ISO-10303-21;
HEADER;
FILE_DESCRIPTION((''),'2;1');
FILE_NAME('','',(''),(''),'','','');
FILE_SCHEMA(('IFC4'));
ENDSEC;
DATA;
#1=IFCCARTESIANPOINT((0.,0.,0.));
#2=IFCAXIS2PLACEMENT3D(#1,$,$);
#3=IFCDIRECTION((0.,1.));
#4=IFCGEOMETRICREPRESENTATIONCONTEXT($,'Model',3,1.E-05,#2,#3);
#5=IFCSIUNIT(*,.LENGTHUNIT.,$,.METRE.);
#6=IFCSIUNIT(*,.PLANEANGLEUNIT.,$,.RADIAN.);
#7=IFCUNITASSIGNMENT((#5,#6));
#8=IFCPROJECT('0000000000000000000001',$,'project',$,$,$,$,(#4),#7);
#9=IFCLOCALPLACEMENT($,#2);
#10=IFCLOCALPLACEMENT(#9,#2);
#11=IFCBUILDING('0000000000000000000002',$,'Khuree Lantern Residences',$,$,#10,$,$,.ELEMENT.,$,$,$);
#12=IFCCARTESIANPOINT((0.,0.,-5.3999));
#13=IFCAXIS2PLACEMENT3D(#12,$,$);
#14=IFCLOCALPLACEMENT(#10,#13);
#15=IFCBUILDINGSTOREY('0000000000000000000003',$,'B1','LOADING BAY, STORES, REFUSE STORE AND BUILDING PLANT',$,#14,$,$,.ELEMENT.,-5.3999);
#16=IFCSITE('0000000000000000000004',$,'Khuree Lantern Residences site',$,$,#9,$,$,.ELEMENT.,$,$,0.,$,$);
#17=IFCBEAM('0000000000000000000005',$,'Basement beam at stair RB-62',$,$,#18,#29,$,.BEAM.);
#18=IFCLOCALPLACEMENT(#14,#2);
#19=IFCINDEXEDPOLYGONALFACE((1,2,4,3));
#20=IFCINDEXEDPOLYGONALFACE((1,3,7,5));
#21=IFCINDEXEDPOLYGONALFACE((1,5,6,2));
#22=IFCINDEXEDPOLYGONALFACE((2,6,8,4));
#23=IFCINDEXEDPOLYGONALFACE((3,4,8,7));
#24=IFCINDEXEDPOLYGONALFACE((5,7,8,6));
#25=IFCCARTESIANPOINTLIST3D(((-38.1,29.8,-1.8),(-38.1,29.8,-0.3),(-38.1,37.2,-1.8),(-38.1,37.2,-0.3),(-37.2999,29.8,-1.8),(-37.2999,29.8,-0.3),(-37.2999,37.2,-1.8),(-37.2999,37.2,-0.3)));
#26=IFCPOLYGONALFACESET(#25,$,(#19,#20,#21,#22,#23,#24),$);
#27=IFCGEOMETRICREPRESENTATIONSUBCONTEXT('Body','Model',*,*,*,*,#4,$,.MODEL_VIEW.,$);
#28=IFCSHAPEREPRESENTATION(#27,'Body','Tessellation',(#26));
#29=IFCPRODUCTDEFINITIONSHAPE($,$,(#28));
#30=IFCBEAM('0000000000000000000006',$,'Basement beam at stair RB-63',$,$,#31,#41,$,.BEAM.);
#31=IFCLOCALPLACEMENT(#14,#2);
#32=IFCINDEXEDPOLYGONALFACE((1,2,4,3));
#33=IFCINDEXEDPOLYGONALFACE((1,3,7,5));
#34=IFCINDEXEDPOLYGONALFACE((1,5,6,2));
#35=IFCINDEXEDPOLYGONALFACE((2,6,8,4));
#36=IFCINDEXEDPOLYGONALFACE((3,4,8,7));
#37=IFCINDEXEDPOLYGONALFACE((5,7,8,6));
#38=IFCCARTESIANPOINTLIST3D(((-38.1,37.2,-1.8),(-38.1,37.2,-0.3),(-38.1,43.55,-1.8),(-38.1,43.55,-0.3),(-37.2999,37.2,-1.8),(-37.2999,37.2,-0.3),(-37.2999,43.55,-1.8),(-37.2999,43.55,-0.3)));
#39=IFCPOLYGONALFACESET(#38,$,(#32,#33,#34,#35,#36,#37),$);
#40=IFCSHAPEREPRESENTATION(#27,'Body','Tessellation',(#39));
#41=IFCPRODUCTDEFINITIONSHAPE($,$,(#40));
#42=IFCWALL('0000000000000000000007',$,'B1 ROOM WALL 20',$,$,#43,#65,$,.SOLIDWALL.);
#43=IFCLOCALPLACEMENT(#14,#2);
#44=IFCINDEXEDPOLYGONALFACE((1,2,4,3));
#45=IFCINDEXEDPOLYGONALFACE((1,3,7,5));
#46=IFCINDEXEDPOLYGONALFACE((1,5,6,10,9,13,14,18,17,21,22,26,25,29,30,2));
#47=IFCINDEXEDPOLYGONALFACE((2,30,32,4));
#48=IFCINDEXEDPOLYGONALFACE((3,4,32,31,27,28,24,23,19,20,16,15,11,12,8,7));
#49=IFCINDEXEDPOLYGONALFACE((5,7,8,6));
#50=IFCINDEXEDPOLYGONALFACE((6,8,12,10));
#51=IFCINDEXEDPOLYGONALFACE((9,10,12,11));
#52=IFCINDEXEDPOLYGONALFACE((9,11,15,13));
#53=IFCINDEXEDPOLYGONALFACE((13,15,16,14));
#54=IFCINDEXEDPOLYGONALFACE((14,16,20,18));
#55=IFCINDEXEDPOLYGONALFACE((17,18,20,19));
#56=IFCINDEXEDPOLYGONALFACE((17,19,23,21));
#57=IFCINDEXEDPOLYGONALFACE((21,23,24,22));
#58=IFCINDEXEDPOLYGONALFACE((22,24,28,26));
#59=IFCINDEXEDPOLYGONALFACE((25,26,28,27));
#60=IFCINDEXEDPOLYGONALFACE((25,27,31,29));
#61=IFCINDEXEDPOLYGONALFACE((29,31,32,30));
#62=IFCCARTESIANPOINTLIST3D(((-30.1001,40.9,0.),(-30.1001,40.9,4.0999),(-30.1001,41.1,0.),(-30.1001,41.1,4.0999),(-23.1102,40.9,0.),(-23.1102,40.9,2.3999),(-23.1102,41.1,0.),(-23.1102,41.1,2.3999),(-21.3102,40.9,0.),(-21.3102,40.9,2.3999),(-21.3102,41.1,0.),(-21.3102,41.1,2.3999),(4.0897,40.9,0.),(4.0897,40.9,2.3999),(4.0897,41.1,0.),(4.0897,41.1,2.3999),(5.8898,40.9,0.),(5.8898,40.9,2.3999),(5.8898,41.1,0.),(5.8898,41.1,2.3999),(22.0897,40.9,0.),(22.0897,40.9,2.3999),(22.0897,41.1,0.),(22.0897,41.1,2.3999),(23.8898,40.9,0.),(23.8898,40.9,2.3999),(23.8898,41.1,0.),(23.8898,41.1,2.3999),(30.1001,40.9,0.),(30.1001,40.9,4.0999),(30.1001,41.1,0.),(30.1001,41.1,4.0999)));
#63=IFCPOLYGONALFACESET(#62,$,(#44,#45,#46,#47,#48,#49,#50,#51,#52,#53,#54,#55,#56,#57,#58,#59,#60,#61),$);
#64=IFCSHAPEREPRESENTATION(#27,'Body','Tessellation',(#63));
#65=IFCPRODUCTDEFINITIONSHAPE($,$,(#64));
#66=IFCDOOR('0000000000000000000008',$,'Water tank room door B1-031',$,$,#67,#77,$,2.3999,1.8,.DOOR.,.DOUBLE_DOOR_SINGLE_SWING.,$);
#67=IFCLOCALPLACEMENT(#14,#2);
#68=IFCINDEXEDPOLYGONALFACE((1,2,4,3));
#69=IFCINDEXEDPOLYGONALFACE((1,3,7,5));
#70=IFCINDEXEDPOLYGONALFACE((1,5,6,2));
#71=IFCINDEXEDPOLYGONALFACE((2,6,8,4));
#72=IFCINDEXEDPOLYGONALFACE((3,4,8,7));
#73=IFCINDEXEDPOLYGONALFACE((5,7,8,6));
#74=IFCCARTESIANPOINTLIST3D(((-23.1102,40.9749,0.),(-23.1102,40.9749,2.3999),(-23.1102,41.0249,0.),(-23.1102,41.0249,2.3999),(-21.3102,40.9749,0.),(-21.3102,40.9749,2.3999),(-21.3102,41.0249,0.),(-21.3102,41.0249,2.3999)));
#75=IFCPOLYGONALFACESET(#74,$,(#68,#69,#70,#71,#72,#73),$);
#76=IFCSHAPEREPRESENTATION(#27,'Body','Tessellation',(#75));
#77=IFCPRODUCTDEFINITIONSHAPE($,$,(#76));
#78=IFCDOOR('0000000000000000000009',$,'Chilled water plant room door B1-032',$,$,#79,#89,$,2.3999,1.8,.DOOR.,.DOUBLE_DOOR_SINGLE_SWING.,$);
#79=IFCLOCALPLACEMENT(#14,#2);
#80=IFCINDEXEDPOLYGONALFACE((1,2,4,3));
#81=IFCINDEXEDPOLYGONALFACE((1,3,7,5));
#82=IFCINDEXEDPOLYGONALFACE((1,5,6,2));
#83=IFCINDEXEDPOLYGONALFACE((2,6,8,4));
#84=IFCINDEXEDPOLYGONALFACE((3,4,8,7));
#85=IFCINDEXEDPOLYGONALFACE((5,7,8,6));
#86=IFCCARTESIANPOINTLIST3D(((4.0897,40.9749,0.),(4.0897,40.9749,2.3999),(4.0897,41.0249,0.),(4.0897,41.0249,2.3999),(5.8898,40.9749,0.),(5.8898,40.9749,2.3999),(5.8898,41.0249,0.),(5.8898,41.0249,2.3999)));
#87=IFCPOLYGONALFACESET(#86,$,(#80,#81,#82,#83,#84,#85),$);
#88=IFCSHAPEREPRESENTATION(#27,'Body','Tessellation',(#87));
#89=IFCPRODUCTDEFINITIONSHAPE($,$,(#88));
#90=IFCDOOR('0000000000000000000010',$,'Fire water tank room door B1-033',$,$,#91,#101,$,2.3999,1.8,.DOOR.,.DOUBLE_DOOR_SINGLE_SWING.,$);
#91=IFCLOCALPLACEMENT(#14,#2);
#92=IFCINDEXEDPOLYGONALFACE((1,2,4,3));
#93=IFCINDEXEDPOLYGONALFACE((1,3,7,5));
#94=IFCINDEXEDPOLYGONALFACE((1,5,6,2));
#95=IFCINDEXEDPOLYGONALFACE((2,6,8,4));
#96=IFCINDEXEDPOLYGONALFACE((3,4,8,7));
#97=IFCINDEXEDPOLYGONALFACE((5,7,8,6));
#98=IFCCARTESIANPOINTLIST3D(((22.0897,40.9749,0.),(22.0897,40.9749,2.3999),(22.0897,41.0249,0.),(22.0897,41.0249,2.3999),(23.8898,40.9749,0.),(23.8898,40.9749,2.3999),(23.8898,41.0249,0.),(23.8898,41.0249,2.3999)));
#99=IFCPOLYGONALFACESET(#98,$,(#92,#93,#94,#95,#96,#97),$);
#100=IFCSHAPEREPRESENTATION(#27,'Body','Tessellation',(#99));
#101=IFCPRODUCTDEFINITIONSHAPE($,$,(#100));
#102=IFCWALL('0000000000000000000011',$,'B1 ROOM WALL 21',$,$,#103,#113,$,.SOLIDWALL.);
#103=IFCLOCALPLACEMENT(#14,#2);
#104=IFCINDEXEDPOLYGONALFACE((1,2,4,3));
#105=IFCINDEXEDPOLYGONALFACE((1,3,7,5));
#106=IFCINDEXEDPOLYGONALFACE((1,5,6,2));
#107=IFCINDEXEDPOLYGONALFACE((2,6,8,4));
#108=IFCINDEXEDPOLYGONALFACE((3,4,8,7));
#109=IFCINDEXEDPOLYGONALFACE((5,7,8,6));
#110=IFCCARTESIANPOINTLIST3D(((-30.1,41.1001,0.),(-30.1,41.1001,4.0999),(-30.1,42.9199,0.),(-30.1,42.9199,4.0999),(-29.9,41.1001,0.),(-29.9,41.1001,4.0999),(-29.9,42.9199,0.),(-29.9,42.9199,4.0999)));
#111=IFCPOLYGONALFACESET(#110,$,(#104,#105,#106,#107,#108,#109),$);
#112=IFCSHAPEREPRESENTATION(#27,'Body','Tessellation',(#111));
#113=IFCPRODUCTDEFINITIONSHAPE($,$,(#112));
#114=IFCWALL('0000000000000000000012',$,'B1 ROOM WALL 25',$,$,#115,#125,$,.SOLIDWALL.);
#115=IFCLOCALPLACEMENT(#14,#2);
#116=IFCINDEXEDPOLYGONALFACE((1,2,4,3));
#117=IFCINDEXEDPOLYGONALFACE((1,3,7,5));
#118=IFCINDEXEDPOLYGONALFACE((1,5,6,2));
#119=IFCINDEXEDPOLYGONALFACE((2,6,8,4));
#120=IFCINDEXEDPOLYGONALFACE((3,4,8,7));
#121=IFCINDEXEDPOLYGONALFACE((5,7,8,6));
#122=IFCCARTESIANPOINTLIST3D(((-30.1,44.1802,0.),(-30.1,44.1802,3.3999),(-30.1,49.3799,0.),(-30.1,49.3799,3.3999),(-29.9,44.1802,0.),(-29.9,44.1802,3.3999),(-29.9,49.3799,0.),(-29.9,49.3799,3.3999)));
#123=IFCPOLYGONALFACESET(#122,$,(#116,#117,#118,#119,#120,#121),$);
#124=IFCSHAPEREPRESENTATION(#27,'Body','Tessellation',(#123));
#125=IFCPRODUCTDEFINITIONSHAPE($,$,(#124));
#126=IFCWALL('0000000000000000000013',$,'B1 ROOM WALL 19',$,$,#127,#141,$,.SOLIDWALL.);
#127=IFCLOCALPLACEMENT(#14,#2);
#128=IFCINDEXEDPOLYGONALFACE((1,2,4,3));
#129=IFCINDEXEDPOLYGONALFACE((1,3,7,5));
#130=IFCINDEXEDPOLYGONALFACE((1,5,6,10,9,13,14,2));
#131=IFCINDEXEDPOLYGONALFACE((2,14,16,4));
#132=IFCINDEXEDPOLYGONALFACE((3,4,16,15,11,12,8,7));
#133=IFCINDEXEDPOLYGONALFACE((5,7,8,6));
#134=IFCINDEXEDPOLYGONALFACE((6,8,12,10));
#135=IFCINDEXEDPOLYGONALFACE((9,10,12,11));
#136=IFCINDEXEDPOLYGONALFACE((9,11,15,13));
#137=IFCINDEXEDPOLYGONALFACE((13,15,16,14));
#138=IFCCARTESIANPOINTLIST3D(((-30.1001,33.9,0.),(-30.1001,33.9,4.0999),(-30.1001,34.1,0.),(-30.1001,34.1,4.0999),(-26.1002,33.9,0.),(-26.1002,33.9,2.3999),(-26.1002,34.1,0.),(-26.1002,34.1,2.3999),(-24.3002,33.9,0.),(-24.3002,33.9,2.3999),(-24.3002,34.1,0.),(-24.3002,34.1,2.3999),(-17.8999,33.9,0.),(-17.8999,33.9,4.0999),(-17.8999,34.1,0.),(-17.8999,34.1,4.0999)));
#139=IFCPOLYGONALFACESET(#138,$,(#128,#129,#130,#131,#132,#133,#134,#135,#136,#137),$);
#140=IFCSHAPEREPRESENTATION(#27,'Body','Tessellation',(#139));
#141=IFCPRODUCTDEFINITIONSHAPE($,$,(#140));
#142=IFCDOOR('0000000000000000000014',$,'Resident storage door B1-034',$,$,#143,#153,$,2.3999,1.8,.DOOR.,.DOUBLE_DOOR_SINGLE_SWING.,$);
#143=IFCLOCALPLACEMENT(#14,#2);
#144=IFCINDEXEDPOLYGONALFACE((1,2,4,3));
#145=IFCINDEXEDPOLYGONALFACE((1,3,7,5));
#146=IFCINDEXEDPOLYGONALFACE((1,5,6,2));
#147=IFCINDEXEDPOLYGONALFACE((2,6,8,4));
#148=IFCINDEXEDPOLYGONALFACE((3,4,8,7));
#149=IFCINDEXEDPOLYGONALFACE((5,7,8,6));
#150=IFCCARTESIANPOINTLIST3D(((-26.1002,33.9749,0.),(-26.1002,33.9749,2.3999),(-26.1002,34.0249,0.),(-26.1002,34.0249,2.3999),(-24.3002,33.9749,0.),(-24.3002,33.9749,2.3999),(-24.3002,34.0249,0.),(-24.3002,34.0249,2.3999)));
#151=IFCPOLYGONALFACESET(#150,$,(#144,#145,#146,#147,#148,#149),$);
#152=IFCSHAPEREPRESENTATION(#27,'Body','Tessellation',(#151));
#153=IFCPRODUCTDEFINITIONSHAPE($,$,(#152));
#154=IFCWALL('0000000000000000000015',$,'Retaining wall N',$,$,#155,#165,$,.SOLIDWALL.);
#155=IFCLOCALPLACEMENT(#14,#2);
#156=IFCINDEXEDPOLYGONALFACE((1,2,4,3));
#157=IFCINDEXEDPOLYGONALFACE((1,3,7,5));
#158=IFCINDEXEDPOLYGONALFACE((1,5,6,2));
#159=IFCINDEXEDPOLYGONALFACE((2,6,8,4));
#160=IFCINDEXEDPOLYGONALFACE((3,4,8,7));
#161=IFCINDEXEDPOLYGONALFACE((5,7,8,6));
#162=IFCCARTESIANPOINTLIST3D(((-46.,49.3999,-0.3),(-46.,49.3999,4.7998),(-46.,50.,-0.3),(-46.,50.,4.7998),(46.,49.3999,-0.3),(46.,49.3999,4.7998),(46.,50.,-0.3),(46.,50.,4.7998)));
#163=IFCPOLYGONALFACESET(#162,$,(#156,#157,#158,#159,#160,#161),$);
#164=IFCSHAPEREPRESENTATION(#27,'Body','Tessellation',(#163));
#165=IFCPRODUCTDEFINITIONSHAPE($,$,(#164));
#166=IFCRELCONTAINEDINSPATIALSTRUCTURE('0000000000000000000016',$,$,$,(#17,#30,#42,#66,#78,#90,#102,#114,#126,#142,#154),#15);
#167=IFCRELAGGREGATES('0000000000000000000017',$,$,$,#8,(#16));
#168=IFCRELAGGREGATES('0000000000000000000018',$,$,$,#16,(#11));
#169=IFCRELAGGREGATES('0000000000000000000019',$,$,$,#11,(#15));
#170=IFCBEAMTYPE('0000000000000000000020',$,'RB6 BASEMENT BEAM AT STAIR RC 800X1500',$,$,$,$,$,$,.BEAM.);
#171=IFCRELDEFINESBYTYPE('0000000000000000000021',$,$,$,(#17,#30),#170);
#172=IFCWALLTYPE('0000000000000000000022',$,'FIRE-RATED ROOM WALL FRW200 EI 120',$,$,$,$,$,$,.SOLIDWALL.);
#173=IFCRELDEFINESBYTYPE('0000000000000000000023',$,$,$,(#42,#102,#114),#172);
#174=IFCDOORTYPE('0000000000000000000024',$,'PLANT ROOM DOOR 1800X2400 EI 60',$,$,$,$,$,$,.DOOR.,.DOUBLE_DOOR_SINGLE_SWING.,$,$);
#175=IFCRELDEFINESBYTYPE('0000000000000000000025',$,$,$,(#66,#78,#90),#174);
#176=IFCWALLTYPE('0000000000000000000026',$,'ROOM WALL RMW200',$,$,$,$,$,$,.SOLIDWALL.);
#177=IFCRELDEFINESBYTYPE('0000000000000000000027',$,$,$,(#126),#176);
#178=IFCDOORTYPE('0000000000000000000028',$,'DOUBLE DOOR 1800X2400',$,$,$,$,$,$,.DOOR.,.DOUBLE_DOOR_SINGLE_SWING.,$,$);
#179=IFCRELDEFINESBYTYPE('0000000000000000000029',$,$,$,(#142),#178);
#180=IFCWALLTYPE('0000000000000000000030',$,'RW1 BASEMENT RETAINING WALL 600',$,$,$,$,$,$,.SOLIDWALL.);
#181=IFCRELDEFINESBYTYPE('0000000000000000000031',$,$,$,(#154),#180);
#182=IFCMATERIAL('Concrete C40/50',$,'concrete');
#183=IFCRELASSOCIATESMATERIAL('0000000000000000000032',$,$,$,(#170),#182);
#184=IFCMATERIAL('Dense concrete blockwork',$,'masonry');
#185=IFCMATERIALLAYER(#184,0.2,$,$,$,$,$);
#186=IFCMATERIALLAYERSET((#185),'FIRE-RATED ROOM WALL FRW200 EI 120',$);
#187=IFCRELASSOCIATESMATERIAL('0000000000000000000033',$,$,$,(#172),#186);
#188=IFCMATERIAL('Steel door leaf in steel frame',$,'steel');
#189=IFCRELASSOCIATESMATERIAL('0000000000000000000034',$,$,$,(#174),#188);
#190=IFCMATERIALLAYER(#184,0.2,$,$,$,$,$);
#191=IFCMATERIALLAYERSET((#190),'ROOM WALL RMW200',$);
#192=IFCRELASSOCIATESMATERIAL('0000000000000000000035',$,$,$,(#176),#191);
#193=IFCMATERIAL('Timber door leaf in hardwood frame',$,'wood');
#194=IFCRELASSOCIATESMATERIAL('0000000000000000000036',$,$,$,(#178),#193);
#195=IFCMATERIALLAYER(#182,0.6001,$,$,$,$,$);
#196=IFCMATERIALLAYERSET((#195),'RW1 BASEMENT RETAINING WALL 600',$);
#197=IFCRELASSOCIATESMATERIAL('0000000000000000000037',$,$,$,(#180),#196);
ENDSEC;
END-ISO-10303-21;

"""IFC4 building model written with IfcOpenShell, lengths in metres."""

from ifc_helpers import new_model, si_unit, direction, frame, frame_2d, origin, origin_2d, place, context, subcontext, project, spatial, rectangle, extrude, material, layer, layer_set, material_profile, profile_set, type_object, element, fill, save


model = new_model("IFC4")

# Units and contexts
model_context = context("Model", 3, precision=1e-05, world=origin(), true_north=direction((0.0, 1.0)))
body_context = subcontext(model_context, "Body", "Model", "MODEL_VIEW")
ifc_project = project(units=[si_unit("LENGTHUNIT", "METRE"), si_unit("PLANEANGLEUNIT", "RADIAN")], contexts=[model_context])

# Site, building, storey
site_placement = place(None, origin())
site = spatial("IfcSite", under=ifc_project, at=site_placement, Name="Khuree Lantern Residences site", CompositionType="ELEMENT", RefElevation=0.0)
building_placement = place(site_placement, origin())
building = spatial("IfcBuilding", under=site, at=building_placement, Name="Khuree Lantern Residences", CompositionType="ELEMENT")
storey_placement = place(building_placement, frame((0.0, 0.0, -5.3999)))
storey = spatial("IfcBuildingStorey", under=building, at=storey_placement, Name="B1", Description="LOADING BAY, STORES, REFUSE STORE AND BUILDING PLANT", CompositionType="ELEMENT", Elevation=-5.3999)

# Beams
ifc_material_1 = material(Name="Concrete C40/50", Category="concrete")
ifc_material_profile_1 = material_profile(ifc_material_1, rectangle(XDim=0.8, YDim=1.5, at=origin_2d()), Name="RC 800X1500")
ifc_profile_set_1 = profile_set([ifc_material_profile_1], Name="Concrete C40/50")
beam_type_1 = type_object("IfcBeamType", Name="RB6 BASEMENT BEAM AT STAIR RC 800X1500", PredefinedType="BEAM", material=ifc_profile_set_1)
beam_1_placement = place(storey_placement, frame((-37.7, 29.8, -1.05), z_axis=(0.0, 1.0, 0.0), x_axis=(-1.0, 0.0, 0.0)))
element("IfcBeam", 1, at=beam_1_placement, inside=storey, type_object=beam_type_1, Name="Basement beam at stair RB-62", PredefinedType="BEAM", context=body_context, shape_type="SweptSolid", body=[
    extrude(rectangle(XDim=0.8, YDim=1.5, at=origin_2d()), origin(), (0.0, 0.0, 1.0), 7.3999),
])
beam_2_placement = place(storey_placement, frame((-37.7, 37.2, -1.05), z_axis=(0.0, 1.0, 0.0), x_axis=(-1.0, 0.0, 0.0)))
element("IfcBeam", 2, at=beam_2_placement, inside=storey, type_object=beam_type_1, Name="Basement beam at stair RB-63", PredefinedType="BEAM", context=body_context, shape_type="SweptSolid", body=[
    extrude(rectangle(XDim=0.8, YDim=1.5, at=origin_2d()), origin(), (0.0, 0.0, 1.0), 6.3501),
])

# Wall, openings, doors
ifc_material_2 = material(Name="Dense concrete blockwork", Category="masonry")
ifc_layer_1 = layer(ifc_material_2, 0.2)
ifc_layer_set_1 = layer_set([ifc_layer_1], Name="FIRE-RATED ROOM WALL FRW200 EI 120")
wall_type_1 = type_object("IfcWallType", Name="FIRE-RATED ROOM WALL FRW200 EI 120", PredefinedType="SOLIDWALL", material=ifc_layer_set_1)
wall_1_placement = place(storey_placement, frame((-30.1001, 41.0, 0.0), z_axis=(0.0, 0.0, 1.0), x_axis=(1.0, 0.0, 0.0)))
wall_1 = element("IfcWall", 3, at=wall_1_placement, inside=storey, type_object=wall_type_1, Name="B1 ROOM WALL 20", PredefinedType="SOLIDWALL", context=body_context, shape_type="SweptSolid", body=[
    extrude(rectangle(XDim=60.2002, YDim=0.2, at=frame_2d((30.1001, 0.0))), origin(), (0.0, 0.0, 1.0), 4.0999),
])
opening_1_placement = place(wall_1_placement, frame((6.99, 0.0, 0.0)))
opening_1 = element("IfcOpeningElement", 4, at=opening_1_placement, cuts=wall_1, PredefinedType="OPENING", context=body_context, shape_type="SweptSolid", body=[
    extrude(rectangle(XDim=1.8, YDim=2.3999, at=frame_2d((0.8999, 1.2))), frame((0.0, 0.1099, 0.0), z_axis=(0.0, -1.0, 0.0), x_axis=(1.0, 0.0, 0.0)), (0.0, 0.0, 1.0), 0.22),
])
opening_2_placement = place(wall_1_placement, frame((34.1899, 0.0, 0.0)))
opening_2 = element("IfcOpeningElement", 5, at=opening_2_placement, cuts=wall_1, PredefinedType="OPENING", context=body_context, shape_type="SweptSolid", body=[
    extrude(rectangle(XDim=1.8, YDim=2.3999, at=frame_2d((0.8999, 1.2))), frame((0.0, 0.1099, 0.0), z_axis=(0.0, -1.0, 0.0), x_axis=(1.0, 0.0, 0.0)), (0.0, 0.0, 1.0), 0.22),
])
opening_3_placement = place(wall_1_placement, frame((52.1899, 0.0, 0.0)))
opening_3 = element("IfcOpeningElement", 6, at=opening_3_placement, cuts=wall_1, PredefinedType="OPENING", context=body_context, shape_type="SweptSolid", body=[
    extrude(rectangle(XDim=1.8, YDim=2.3999, at=frame_2d((0.8999, 1.2))), frame((0.0, 0.1099, 0.0), z_axis=(0.0, -1.0, 0.0), x_axis=(1.0, 0.0, 0.0)), (0.0, 0.0, 1.0), 0.22),
])
ifc_material_3 = material(Name="Steel door leaf in steel frame", Category="steel")
door_type_1 = type_object("IfcDoorType", Name="PLANT ROOM DOOR 1800X2400 EI 60", OperationType="DOUBLE_DOOR_SINGLE_SWING", PredefinedType="DOOR", material=ifc_material_3)
door_1_placement = place(opening_1_placement, origin())
door_1 = element("IfcDoor", 7, at=door_1_placement, inside=storey, type_object=door_type_1, Name="Water tank room door B1-031", OperationType="DOUBLE_DOOR_SINGLE_SWING", OverallHeight=2.3999, OverallWidth=1.8, PredefinedType="DOOR", context=body_context, shape_type="SweptSolid", body=[
    extrude(rectangle(XDim=1.8, YDim=2.3999, at=frame_2d((0.8999, 1.2))), frame((0.0, 0.0249, 0.0), z_axis=(0.0, -1.0, 0.0), x_axis=(1.0, 0.0, 0.0)), (0.0, 0.0, 1.0), 0.05),
])
fill(opening_1, door_1)
door_2_placement = place(opening_2_placement, origin())
door_2 = element("IfcDoor", 8, at=door_2_placement, inside=storey, type_object=door_type_1, Name="Chilled water plant room door B1-032", OperationType="DOUBLE_DOOR_SINGLE_SWING", OverallHeight=2.3999, OverallWidth=1.8, PredefinedType="DOOR", context=body_context, shape_type="SweptSolid", body=[
    extrude(rectangle(XDim=1.8, YDim=2.3999, at=frame_2d((0.8999, 1.2))), frame((0.0, 0.0249, 0.0), z_axis=(0.0, -1.0, 0.0), x_axis=(1.0, 0.0, 0.0)), (0.0, 0.0, 1.0), 0.05),
])
fill(opening_2, door_2)
door_3_placement = place(opening_3_placement, origin())
door_3 = element("IfcDoor", 9, at=door_3_placement, inside=storey, type_object=door_type_1, Name="Fire water tank room door B1-033", OperationType="DOUBLE_DOOR_SINGLE_SWING", OverallHeight=2.3999, OverallWidth=1.8, PredefinedType="DOOR", context=body_context, shape_type="SweptSolid", body=[
    extrude(rectangle(XDim=1.8, YDim=2.3999, at=frame_2d((0.8999, 1.2))), frame((0.0, 0.0249, 0.0), z_axis=(0.0, -1.0, 0.0), x_axis=(1.0, 0.0, 0.0)), (0.0, 0.0, 1.0), 0.05),
])
fill(opening_3, door_3)

# Walls
wall_2_placement = place(storey_placement, frame((-30.0, 41.1001, 0.0), z_axis=(0.0, 0.0, 1.0), x_axis=(0.0, 1.0, 0.0)))
element("IfcWall", 10, at=wall_2_placement, inside=storey, type_object=wall_type_1, Name="B1 ROOM WALL 21", PredefinedType="SOLIDWALL", context=body_context, shape_type="SweptSolid", body=[
    extrude(rectangle(XDim=1.8198, YDim=0.2, at=frame_2d((0.9099, 0.0))), origin(), (0.0, 0.0, 1.0), 4.0999),
])
wall_3_placement = place(storey_placement, frame((-30.0, 44.1802, 0.0), z_axis=(0.0, 0.0, 1.0), x_axis=(0.0, 1.0, 0.0)))
element("IfcWall", 11, at=wall_3_placement, inside=storey, type_object=wall_type_1, Name="B1 ROOM WALL 25", PredefinedType="SOLIDWALL", context=body_context, shape_type="SweptSolid", body=[
    extrude(rectangle(XDim=5.1997, YDim=0.2, at=frame_2d((2.5999, 0.0))), origin(), (0.0, 0.0, 1.0), 3.3999),
])

# Wall, opening, door
ifc_layer_2 = layer(ifc_material_2, 0.2)
ifc_layer_set_2 = layer_set([ifc_layer_2], Name="ROOM WALL RMW200")
wall_type_2 = type_object("IfcWallType", Name="ROOM WALL RMW200", PredefinedType="SOLIDWALL", material=ifc_layer_set_2)
wall_4_placement = place(storey_placement, frame((-30.1001, 34.0, 0.0), z_axis=(0.0, 0.0, 1.0), x_axis=(1.0, 0.0, 0.0)))
wall_4 = element("IfcWall", 12, at=wall_4_placement, inside=storey, type_object=wall_type_2, Name="B1 ROOM WALL 19", PredefinedType="SOLIDWALL", context=body_context, shape_type="SweptSolid", body=[
    extrude(rectangle(XDim=12.2002, YDim=0.2, at=frame_2d((6.1001, 0.0))), origin(), (0.0, 0.0, 1.0), 4.0999),
])
opening_4_placement = place(wall_4_placement, frame((4.0, 0.0, 0.0)))
opening_4 = element("IfcOpeningElement", 13, at=opening_4_placement, cuts=wall_4, PredefinedType="OPENING", context=body_context, shape_type="SweptSolid", body=[
    extrude(rectangle(XDim=1.8, YDim=2.3999, at=frame_2d((0.8999, 1.2))), frame((0.0, 0.1099, 0.0), z_axis=(0.0, -1.0, 0.0), x_axis=(1.0, 0.0, 0.0)), (0.0, 0.0, 1.0), 0.22),
])
ifc_material_4 = material(Name="Timber door leaf in hardwood frame", Category="wood")
door_type_2 = type_object("IfcDoorType", Name="DOUBLE DOOR 1800X2400", OperationType="DOUBLE_DOOR_SINGLE_SWING", PredefinedType="DOOR", material=ifc_material_4)
door_4_placement = place(opening_4_placement, origin())
door_4 = element("IfcDoor", 14, at=door_4_placement, inside=storey, type_object=door_type_2, Name="Resident storage door B1-034", OperationType="DOUBLE_DOOR_SINGLE_SWING", OverallHeight=2.3999, OverallWidth=1.8, PredefinedType="DOOR", context=body_context, shape_type="SweptSolid", body=[
    extrude(rectangle(XDim=1.8, YDim=2.3999, at=frame_2d((0.8999, 1.2))), frame((0.0, 0.0249, 0.0), z_axis=(0.0, -1.0, 0.0), x_axis=(1.0, 0.0, 0.0)), (0.0, 0.0, 1.0), 0.05),
])
fill(opening_4, door_4)

# Wall
ifc_layer_3 = layer(ifc_material_1, 0.6001)
ifc_layer_set_3 = layer_set([ifc_layer_3], Name="RW1 BASEMENT RETAINING WALL 600")
wall_type_3 = type_object("IfcWallType", Name="RW1 BASEMENT RETAINING WALL 600", PredefinedType="SOLIDWALL", material=ifc_layer_set_3)
wall_5_placement = place(storey_placement, frame((-46.0, 49.7, -0.3), z_axis=(0.0, 0.0, 1.0), x_axis=(1.0, 0.0, 0.0)))
element("IfcWall", 15, at=wall_5_placement, inside=storey, type_object=wall_type_3, Name="Retaining wall N", PredefinedType="SOLIDWALL", context=body_context, shape_type="SweptSolid", body=[
    extrude(rectangle(XDim=92.0, YDim=0.6001, at=frame_2d((46.0, 0.0))), origin(), (0.0, 0.0, 1.0), 5.0999),
])

save(model, "model.ifc")
